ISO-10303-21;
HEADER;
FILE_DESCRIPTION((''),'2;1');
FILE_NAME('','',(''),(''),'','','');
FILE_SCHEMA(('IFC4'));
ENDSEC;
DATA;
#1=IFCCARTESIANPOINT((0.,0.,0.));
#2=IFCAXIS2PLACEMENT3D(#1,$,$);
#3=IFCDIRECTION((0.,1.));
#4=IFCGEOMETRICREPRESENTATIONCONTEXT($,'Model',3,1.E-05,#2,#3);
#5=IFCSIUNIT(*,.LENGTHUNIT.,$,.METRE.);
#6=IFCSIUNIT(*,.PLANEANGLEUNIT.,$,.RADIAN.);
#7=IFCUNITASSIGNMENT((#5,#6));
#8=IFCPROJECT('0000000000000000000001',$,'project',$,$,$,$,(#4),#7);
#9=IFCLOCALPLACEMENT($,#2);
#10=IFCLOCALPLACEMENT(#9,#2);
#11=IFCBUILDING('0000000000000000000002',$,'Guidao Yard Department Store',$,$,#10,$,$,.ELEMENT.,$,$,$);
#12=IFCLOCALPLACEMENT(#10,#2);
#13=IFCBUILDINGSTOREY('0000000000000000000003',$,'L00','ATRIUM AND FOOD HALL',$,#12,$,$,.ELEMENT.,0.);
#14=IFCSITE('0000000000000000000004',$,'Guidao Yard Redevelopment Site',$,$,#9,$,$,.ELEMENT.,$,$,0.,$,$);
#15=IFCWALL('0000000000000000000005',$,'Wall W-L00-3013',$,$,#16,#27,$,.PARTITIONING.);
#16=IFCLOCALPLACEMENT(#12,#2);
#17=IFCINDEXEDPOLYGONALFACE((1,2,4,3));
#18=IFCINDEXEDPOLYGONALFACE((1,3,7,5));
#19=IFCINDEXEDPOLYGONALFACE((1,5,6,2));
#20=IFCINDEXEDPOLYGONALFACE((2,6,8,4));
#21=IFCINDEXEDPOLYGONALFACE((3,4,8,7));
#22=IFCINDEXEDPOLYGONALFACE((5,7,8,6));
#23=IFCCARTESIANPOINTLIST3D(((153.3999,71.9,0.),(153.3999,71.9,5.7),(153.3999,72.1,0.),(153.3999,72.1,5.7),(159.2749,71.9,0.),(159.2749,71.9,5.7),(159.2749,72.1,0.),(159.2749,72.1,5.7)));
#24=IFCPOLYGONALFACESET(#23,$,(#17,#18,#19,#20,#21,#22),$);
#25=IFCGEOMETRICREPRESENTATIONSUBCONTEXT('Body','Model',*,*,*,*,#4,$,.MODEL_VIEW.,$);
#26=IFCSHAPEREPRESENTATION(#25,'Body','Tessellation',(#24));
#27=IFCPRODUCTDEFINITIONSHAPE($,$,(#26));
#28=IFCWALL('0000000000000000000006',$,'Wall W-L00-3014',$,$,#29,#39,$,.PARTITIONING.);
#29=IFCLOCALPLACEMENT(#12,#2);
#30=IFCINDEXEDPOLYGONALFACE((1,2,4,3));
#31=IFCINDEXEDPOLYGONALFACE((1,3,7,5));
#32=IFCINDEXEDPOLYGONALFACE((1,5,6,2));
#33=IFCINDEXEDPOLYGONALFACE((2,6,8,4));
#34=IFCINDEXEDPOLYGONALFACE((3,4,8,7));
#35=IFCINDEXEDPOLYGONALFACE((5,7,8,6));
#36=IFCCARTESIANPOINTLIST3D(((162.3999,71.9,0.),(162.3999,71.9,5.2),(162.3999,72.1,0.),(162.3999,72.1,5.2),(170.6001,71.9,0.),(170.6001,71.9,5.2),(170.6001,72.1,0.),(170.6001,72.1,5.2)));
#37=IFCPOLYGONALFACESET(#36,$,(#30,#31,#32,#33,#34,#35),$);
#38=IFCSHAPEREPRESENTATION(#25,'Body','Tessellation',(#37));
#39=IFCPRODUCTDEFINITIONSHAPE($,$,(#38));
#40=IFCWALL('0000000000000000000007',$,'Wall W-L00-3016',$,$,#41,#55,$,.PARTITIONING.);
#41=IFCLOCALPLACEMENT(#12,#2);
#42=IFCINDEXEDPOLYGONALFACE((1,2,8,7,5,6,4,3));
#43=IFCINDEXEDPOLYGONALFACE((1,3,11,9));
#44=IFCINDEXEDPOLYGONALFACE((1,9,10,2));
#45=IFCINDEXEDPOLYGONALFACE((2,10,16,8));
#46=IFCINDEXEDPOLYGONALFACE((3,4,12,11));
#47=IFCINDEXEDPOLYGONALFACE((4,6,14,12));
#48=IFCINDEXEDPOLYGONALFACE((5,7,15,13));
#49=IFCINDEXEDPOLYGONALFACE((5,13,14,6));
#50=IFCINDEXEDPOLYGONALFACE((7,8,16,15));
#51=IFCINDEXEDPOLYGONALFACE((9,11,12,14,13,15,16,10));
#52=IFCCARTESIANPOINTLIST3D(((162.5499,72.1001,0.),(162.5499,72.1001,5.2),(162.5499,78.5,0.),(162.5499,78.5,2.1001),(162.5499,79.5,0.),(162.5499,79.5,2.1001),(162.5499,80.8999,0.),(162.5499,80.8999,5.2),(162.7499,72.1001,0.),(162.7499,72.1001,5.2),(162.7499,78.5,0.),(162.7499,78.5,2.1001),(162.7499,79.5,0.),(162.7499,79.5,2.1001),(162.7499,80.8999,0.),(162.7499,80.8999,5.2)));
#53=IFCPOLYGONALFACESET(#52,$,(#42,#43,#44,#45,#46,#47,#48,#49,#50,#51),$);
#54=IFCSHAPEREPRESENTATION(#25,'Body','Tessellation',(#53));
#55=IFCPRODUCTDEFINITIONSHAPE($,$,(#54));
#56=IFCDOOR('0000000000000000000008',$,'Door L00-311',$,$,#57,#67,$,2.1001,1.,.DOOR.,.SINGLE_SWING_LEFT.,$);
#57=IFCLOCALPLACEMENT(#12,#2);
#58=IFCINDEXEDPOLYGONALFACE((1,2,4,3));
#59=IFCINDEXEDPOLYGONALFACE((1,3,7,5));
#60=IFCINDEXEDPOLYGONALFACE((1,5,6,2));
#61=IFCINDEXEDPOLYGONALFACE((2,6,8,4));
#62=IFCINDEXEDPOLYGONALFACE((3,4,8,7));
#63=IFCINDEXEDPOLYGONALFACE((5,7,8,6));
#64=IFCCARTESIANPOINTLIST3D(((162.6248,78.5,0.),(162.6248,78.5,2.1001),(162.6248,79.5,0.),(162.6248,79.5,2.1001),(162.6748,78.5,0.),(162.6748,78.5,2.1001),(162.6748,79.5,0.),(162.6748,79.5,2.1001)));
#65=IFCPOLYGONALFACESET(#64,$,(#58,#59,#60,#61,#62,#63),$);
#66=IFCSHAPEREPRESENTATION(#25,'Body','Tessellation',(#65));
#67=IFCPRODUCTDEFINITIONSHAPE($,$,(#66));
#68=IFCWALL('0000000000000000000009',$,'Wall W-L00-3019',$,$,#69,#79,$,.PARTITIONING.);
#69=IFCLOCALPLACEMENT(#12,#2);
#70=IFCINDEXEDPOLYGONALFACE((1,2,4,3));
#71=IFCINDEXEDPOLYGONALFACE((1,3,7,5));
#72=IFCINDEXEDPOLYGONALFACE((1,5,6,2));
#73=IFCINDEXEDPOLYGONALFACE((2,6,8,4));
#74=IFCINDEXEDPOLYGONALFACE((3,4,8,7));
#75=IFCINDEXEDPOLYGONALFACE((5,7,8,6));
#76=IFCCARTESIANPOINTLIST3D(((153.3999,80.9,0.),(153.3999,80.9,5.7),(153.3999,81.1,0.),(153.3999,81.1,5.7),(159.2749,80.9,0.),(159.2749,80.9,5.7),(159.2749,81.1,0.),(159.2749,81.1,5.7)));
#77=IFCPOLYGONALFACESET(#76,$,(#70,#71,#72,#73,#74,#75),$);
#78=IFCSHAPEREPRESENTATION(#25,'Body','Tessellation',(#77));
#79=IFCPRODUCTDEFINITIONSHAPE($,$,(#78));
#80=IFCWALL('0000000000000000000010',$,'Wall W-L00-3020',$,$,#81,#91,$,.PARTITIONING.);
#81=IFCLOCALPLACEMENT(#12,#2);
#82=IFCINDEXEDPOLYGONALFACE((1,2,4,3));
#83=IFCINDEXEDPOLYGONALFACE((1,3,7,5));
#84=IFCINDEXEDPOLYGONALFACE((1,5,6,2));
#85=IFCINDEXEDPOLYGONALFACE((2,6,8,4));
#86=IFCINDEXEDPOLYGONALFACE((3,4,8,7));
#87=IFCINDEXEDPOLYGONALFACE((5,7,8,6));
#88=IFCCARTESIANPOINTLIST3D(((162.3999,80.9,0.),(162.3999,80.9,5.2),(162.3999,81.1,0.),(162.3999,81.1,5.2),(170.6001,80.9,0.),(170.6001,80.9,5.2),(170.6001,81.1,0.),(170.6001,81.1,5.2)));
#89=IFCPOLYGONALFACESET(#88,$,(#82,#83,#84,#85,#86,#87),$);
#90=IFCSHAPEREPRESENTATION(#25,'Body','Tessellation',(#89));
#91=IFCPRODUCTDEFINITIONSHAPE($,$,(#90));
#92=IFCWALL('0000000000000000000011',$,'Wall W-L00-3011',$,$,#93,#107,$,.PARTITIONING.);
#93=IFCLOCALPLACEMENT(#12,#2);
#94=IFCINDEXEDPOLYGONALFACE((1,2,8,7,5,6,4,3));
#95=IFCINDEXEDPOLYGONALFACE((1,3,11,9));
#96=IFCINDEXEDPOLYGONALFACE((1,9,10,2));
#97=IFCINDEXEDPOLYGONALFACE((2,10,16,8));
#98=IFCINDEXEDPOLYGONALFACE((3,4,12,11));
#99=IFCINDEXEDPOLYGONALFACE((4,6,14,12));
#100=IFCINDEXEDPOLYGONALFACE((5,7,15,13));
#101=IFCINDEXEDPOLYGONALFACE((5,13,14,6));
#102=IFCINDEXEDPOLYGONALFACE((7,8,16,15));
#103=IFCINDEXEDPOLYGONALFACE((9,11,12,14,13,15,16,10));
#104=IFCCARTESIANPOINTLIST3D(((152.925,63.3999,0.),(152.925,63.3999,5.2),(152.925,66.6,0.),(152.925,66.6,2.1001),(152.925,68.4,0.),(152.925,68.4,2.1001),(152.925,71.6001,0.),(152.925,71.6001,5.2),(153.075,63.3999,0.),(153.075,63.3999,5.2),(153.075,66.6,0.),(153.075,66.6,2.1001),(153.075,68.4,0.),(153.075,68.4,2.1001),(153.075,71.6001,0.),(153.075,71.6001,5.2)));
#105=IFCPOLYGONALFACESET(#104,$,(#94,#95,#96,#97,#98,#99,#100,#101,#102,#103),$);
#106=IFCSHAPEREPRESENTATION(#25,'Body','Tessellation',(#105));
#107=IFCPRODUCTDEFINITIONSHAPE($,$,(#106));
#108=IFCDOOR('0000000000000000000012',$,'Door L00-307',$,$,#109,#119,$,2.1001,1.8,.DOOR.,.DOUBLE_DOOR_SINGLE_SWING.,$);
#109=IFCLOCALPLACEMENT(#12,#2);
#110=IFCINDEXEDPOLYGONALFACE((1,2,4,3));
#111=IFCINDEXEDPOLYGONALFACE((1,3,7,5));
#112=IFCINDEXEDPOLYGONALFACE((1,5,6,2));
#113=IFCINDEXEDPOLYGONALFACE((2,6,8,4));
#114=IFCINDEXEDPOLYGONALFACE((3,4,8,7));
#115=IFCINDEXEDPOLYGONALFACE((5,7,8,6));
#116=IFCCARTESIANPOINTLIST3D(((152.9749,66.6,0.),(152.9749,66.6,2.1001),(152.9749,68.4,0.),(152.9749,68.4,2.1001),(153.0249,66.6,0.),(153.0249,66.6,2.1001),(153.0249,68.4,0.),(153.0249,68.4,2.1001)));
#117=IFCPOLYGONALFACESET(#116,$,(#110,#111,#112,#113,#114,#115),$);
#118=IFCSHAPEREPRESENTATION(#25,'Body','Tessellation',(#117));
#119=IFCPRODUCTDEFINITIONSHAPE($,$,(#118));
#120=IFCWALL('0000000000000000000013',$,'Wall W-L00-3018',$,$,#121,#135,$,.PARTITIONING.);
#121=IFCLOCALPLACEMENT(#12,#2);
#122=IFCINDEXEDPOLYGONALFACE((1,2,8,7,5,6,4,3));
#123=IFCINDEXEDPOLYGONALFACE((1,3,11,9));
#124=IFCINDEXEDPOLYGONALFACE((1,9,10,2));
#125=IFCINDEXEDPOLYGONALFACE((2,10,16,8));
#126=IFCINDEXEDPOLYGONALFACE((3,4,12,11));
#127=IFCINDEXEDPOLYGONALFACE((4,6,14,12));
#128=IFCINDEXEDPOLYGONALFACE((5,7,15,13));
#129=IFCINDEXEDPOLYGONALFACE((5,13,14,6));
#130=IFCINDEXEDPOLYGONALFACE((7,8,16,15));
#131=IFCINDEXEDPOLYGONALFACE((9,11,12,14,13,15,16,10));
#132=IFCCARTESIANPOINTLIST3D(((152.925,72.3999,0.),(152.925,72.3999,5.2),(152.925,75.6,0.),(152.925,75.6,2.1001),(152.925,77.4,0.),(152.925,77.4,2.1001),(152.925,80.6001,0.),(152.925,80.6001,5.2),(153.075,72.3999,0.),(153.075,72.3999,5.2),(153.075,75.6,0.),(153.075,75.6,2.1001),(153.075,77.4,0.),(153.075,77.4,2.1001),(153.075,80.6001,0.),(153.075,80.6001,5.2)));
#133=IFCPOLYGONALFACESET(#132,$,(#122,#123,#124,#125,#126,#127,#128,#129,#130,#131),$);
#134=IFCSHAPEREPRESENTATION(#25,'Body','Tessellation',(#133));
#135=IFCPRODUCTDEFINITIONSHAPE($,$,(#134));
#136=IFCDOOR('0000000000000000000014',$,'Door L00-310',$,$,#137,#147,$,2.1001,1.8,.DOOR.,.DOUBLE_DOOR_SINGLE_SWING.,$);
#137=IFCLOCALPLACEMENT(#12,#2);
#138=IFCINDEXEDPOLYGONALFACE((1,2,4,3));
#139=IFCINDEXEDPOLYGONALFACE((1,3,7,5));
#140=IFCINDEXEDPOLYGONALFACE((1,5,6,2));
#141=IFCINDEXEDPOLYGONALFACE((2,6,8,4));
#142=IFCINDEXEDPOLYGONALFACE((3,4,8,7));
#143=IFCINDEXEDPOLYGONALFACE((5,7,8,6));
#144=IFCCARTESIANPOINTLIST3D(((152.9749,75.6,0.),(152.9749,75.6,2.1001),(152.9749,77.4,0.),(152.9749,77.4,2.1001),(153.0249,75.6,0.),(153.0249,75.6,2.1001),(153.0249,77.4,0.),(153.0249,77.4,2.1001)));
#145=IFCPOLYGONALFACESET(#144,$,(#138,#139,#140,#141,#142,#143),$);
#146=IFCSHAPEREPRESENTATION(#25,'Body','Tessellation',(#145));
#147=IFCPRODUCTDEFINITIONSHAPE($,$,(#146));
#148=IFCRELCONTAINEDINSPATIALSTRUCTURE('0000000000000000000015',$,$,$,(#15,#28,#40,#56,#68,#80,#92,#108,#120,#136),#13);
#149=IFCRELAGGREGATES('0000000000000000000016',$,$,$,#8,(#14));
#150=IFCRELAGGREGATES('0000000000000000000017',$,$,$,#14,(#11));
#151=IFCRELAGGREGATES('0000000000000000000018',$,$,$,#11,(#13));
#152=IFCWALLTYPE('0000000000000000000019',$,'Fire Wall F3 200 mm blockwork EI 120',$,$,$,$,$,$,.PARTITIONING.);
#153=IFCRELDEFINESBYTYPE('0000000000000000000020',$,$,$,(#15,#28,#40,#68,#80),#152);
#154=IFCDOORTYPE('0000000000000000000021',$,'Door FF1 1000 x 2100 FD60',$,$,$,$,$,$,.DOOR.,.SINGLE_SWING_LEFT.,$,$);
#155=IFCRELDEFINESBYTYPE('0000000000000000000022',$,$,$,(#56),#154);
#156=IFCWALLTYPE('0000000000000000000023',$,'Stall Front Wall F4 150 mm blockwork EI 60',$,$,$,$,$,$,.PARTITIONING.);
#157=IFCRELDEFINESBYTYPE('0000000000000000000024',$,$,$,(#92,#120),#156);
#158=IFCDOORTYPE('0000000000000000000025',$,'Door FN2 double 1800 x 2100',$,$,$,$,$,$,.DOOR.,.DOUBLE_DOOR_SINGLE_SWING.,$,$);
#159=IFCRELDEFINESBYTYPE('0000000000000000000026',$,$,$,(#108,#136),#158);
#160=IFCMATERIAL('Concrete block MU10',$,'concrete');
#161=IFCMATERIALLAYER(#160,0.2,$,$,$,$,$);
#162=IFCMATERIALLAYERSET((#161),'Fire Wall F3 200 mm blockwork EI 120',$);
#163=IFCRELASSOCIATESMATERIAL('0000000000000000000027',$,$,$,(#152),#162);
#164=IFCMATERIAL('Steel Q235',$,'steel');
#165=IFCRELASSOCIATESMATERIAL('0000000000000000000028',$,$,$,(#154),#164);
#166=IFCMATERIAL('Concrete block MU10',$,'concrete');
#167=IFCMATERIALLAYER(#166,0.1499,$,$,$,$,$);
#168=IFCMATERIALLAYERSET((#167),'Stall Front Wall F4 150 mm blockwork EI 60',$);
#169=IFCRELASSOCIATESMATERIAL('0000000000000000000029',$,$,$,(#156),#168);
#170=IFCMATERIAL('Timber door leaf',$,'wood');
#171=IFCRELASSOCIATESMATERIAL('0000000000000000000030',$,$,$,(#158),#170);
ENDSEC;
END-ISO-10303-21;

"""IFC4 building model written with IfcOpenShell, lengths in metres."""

from ifc_helpers import new_model, si_unit, direction, frame, frame_2d, origin, place, context, subcontext, project, spatial, rectangle, extrude, material, layer, layer_set, type_object, element, fill, save


model = new_model("IFC4")

# Units and contexts
model_context = context("Model", 3, precision=1e-05, world=origin(), true_north=direction((0.0, 1.0)))
body_context = subcontext(model_context, "Body", "Model", "MODEL_VIEW")
ifc_project = project(units=[si_unit("LENGTHUNIT", "METRE"), si_unit("PLANEANGLEUNIT", "RADIAN")], contexts=[model_context])

# Site, building, storey
site_placement = place(None, origin())
site = spatial("IfcSite", under=ifc_project, at=site_placement, Name="Guidao Yard Redevelopment Site", CompositionType="ELEMENT", RefElevation=0.0)
building_placement = place(site_placement, origin())
building = spatial("IfcBuilding", under=site, at=building_placement, Name="Guidao Yard Department Store", CompositionType="ELEMENT")
storey_placement = place(building_placement, origin())
storey = spatial("IfcBuildingStorey", under=building, at=storey_placement, Name="L00", Description="ATRIUM AND FOOD HALL", CompositionType="ELEMENT", Elevation=0.0)

# Shared definitions
ifc_material_1 = material(Name="Concrete block MU10", Category="concrete")
ifc_layer_1 = layer(ifc_material_1, 0.2)
ifc_layer_set_1 = layer_set([ifc_layer_1], Name="Fire Wall F3 200 mm blockwork EI 120")
wall_type_1 = type_object("IfcWallType", Name="Fire Wall F3 200 mm blockwork EI 120", PredefinedType="PARTITIONING", material=ifc_layer_set_1)

# Walls
wall_1_placement = place(storey_placement, frame((153.3999, 72.0, 0.0), z_axis=(0.0, 0.0, 1.0), x_axis=(1.0, 0.0, 0.0)))
element("IfcWall", 1, at=wall_1_placement, inside=storey, type_object=wall_type_1, Name="Wall W-L00-3013", PredefinedType="PARTITIONING", context=body_context, shape_type="SweptSolid", body=[
    extrude(rectangle(XDim=5.875, YDim=0.2, at=frame_2d((2.9375, 0.0))), origin(), (0.0, 0.0, 1.0), 5.7),
])
wall_2_placement = place(storey_placement, frame((162.3999, 72.0, 0.0), z_axis=(0.0, 0.0, 1.0), x_axis=(1.0, 0.0, 0.0)))
element("IfcWall", 2, at=wall_2_placement, inside=storey, type_object=wall_type_1, Name="Wall W-L00-3014", PredefinedType="PARTITIONING", context=body_context, shape_type="SweptSolid", body=[
    extrude(rectangle(XDim=8.2002, YDim=0.2, at=frame_2d((4.1001, 0.0))), origin(), (0.0, 0.0, 1.0), 5.2),
])

# Wall, opening, door
wall_3_placement = place(storey_placement, frame((162.6499, 72.1001, 0.0), z_axis=(0.0, 0.0, 1.0), x_axis=(0.0, 1.0, 0.0)))
wall_3 = element("IfcWall", 3, at=wall_3_placement, inside=storey, type_object=wall_type_1, Name="Wall W-L00-3016", PredefinedType="PARTITIONING", context=body_context, shape_type="SweptSolid", body=[
    extrude(rectangle(XDim=8.7998, YDim=0.2, at=frame_2d((4.3999, 0.0))), origin(), (0.0, 0.0, 1.0), 5.2),
])
opening_1_placement = place(wall_3_placement, frame((7.3999, 0.0, 0.0), z_axis=(0.0, 0.0, 1.0), x_axis=(-1.0, 0.0, 0.0)))
opening_1 = element("IfcOpeningElement", 4, at=opening_1_placement, cuts=wall_3, PredefinedType="OPENING", context=body_context, shape_type="SweptSolid", body=[
    extrude(rectangle(XDim=1.0, YDim=2.1001, at=frame_2d((0.5, 1.05))), frame((0.0, 0.1099, 0.0), z_axis=(0.0, -1.0, 0.0), x_axis=(1.0, 0.0, 0.0)), (0.0, 0.0, 1.0), 0.22),
])
ifc_material_2 = material(Name="Steel Q235", Category="steel")
door_type_1 = type_object("IfcDoorType", Name="Door FF1 1000 x 2100 FD60", OperationType="SINGLE_SWING_LEFT", PredefinedType="DOOR", material=ifc_material_2)
door_1_placement = place(opening_1_placement, origin())
door_1 = element("IfcDoor", 5, at=door_1_placement, inside=storey, type_object=door_type_1, Name="Door L00-311", OperationType="SINGLE_SWING_LEFT", OverallHeight=2.1001, OverallWidth=1.0, PredefinedType="DOOR", context=body_context, shape_type="SweptSolid", body=[
    extrude(rectangle(XDim=1.0, YDim=2.1001, at=frame_2d((0.5, 1.05))), frame((0.0, 0.0249, 0.0), z_axis=(0.0, -1.0, 0.0), x_axis=(1.0, 0.0, 0.0)), (0.0, 0.0, 1.0), 0.05),
])
fill(opening_1, door_1)

# Walls
wall_4_placement = place(storey_placement, frame((153.3999, 81.0, 0.0), z_axis=(0.0, 0.0, 1.0), x_axis=(1.0, 0.0, 0.0)))
element("IfcWall", 6, at=wall_4_placement, inside=storey, type_object=wall_type_1, Name="Wall W-L00-3019", PredefinedType="PARTITIONING", context=body_context, shape_type="SweptSolid", body=[
    extrude(rectangle(XDim=5.875, YDim=0.2, at=frame_2d((2.9375, 0.0))), origin(), (0.0, 0.0, 1.0), 5.7),
])
wall_5_placement = place(storey_placement, frame((162.3999, 81.0, 0.0), z_axis=(0.0, 0.0, 1.0), x_axis=(1.0, 0.0, 0.0)))
element("IfcWall", 7, at=wall_5_placement, inside=storey, type_object=wall_type_1, Name="Wall W-L00-3020", PredefinedType="PARTITIONING", context=body_context, shape_type="SweptSolid", body=[
    extrude(rectangle(XDim=8.2002, YDim=0.2, at=frame_2d((4.1001, 0.0))), origin(), (0.0, 0.0, 1.0), 5.2),
])

# Walls, openings, doors
ifc_material_3 = material(Name="Concrete block MU10", Category="concrete")
ifc_layer_2 = layer(ifc_material_3, 0.1499)
ifc_layer_set_2 = layer_set([ifc_layer_2], Name="Stall Front Wall F4 150 mm blockwork EI 60")
wall_type_2 = type_object("IfcWallType", Name="Stall Front Wall F4 150 mm blockwork EI 60", PredefinedType="PARTITIONING", material=ifc_layer_set_2)
wall_6_placement = place(storey_placement, frame((153.0, 63.3999, 0.0), z_axis=(0.0, 0.0, 1.0), x_axis=(0.0, 1.0, 0.0)))
wall_6 = element("IfcWall", 8, at=wall_6_placement, inside=storey, type_object=wall_type_2, Name="Wall W-L00-3011", PredefinedType="PARTITIONING", context=body_context, shape_type="SweptSolid", body=[
    extrude(rectangle(XDim=8.2002, YDim=0.1499, at=frame_2d((4.1001, 0.0))), origin(), (0.0, 0.0, 1.0), 5.2),
])
opening_2_placement = place(wall_6_placement, frame((5.0, 0.0, 0.0), z_axis=(0.0, 0.0, 1.0), x_axis=(-1.0, 0.0, 0.0)))
opening_2 = element("IfcOpeningElement", 9, at=opening_2_placement, cuts=wall_6, PredefinedType="OPENING", context=body_context, shape_type="SweptSolid", body=[
    extrude(rectangle(XDim=1.8, YDim=2.1001, at=frame_2d((0.8999, 1.05))), frame((0.0, 0.085, 0.0), z_axis=(0.0, -1.0, 0.0), x_axis=(1.0, 0.0, 0.0)), (0.0, 0.0, 1.0), 0.1699),
])
ifc_material_4 = material(Name="Timber door leaf", Category="wood")
door_type_2 = type_object("IfcDoorType", Name="Door FN2 double 1800 x 2100", OperationType="DOUBLE_DOOR_SINGLE_SWING", PredefinedType="DOOR", material=ifc_material_4)
door_2_placement = place(opening_2_placement, origin())
door_2 = element("IfcDoor", 10, at=door_2_placement, inside=storey, type_object=door_type_2, Name="Door L00-307", OperationType="DOUBLE_DOOR_SINGLE_SWING", OverallHeight=2.1001, OverallWidth=1.8, PredefinedType="DOOR", context=body_context, shape_type="SweptSolid", body=[
    extrude(rectangle(XDim=1.8, YDim=2.1001, at=frame_2d((0.8999, 1.05))), frame((0.0, 0.0249, 0.0), z_axis=(0.0, -1.0, 0.0), x_axis=(1.0, 0.0, 0.0)), (0.0, 0.0, 1.0), 0.05),
])
fill(opening_2, door_2)
wall_7_placement = place(storey_placement, frame((153.0, 72.3999, 0.0), z_axis=(0.0, 0.0, 1.0), x_axis=(0.0, 1.0, 0.0)))
wall_7 = element("IfcWall", 11, at=wall_7_placement, inside=storey, type_object=wall_type_2, Name="Wall W-L00-3018", PredefinedType="PARTITIONING", context=body_context, shape_type="SweptSolid", body=[
    extrude(rectangle(XDim=8.2002, YDim=0.1499, at=frame_2d((4.1001, 0.0))), origin(), (0.0, 0.0, 1.0), 5.2),
])
opening_3_placement = place(wall_7_placement, frame((5.0, 0.0, 0.0), z_axis=(0.0, 0.0, 1.0), x_axis=(-1.0, 0.0, 0.0)))
opening_3 = element("IfcOpeningElement", 12, at=opening_3_placement, cuts=wall_7, PredefinedType="OPENING", context=body_context, shape_type="SweptSolid", body=[
    extrude(rectangle(XDim=1.8, YDim=2.1001, at=frame_2d((0.8999, 1.05))), frame((0.0, 0.085, 0.0), z_axis=(0.0, -1.0, 0.0), x_axis=(1.0, 0.0, 0.0)), (0.0, 0.0, 1.0), 0.1699),
])
door_3_placement = place(opening_3_placement, origin())
door_3 = element("IfcDoor", 13, at=door_3_placement, inside=storey, type_object=door_type_2, Name="Door L00-310", OperationType="DOUBLE_DOOR_SINGLE_SWING", OverallHeight=2.1001, OverallWidth=1.8, PredefinedType="DOOR", context=body_context, shape_type="SweptSolid", body=[
    extrude(rectangle(XDim=1.8, YDim=2.1001, at=frame_2d((0.8999, 1.05))), frame((0.0, 0.0249, 0.0), z_axis=(0.0, -1.0, 0.0), x_axis=(1.0, 0.0, 0.0)), (0.0, 0.0, 1.0), 0.05),
])
fill(opening_3, door_3)

save(model, "model.ifc")
